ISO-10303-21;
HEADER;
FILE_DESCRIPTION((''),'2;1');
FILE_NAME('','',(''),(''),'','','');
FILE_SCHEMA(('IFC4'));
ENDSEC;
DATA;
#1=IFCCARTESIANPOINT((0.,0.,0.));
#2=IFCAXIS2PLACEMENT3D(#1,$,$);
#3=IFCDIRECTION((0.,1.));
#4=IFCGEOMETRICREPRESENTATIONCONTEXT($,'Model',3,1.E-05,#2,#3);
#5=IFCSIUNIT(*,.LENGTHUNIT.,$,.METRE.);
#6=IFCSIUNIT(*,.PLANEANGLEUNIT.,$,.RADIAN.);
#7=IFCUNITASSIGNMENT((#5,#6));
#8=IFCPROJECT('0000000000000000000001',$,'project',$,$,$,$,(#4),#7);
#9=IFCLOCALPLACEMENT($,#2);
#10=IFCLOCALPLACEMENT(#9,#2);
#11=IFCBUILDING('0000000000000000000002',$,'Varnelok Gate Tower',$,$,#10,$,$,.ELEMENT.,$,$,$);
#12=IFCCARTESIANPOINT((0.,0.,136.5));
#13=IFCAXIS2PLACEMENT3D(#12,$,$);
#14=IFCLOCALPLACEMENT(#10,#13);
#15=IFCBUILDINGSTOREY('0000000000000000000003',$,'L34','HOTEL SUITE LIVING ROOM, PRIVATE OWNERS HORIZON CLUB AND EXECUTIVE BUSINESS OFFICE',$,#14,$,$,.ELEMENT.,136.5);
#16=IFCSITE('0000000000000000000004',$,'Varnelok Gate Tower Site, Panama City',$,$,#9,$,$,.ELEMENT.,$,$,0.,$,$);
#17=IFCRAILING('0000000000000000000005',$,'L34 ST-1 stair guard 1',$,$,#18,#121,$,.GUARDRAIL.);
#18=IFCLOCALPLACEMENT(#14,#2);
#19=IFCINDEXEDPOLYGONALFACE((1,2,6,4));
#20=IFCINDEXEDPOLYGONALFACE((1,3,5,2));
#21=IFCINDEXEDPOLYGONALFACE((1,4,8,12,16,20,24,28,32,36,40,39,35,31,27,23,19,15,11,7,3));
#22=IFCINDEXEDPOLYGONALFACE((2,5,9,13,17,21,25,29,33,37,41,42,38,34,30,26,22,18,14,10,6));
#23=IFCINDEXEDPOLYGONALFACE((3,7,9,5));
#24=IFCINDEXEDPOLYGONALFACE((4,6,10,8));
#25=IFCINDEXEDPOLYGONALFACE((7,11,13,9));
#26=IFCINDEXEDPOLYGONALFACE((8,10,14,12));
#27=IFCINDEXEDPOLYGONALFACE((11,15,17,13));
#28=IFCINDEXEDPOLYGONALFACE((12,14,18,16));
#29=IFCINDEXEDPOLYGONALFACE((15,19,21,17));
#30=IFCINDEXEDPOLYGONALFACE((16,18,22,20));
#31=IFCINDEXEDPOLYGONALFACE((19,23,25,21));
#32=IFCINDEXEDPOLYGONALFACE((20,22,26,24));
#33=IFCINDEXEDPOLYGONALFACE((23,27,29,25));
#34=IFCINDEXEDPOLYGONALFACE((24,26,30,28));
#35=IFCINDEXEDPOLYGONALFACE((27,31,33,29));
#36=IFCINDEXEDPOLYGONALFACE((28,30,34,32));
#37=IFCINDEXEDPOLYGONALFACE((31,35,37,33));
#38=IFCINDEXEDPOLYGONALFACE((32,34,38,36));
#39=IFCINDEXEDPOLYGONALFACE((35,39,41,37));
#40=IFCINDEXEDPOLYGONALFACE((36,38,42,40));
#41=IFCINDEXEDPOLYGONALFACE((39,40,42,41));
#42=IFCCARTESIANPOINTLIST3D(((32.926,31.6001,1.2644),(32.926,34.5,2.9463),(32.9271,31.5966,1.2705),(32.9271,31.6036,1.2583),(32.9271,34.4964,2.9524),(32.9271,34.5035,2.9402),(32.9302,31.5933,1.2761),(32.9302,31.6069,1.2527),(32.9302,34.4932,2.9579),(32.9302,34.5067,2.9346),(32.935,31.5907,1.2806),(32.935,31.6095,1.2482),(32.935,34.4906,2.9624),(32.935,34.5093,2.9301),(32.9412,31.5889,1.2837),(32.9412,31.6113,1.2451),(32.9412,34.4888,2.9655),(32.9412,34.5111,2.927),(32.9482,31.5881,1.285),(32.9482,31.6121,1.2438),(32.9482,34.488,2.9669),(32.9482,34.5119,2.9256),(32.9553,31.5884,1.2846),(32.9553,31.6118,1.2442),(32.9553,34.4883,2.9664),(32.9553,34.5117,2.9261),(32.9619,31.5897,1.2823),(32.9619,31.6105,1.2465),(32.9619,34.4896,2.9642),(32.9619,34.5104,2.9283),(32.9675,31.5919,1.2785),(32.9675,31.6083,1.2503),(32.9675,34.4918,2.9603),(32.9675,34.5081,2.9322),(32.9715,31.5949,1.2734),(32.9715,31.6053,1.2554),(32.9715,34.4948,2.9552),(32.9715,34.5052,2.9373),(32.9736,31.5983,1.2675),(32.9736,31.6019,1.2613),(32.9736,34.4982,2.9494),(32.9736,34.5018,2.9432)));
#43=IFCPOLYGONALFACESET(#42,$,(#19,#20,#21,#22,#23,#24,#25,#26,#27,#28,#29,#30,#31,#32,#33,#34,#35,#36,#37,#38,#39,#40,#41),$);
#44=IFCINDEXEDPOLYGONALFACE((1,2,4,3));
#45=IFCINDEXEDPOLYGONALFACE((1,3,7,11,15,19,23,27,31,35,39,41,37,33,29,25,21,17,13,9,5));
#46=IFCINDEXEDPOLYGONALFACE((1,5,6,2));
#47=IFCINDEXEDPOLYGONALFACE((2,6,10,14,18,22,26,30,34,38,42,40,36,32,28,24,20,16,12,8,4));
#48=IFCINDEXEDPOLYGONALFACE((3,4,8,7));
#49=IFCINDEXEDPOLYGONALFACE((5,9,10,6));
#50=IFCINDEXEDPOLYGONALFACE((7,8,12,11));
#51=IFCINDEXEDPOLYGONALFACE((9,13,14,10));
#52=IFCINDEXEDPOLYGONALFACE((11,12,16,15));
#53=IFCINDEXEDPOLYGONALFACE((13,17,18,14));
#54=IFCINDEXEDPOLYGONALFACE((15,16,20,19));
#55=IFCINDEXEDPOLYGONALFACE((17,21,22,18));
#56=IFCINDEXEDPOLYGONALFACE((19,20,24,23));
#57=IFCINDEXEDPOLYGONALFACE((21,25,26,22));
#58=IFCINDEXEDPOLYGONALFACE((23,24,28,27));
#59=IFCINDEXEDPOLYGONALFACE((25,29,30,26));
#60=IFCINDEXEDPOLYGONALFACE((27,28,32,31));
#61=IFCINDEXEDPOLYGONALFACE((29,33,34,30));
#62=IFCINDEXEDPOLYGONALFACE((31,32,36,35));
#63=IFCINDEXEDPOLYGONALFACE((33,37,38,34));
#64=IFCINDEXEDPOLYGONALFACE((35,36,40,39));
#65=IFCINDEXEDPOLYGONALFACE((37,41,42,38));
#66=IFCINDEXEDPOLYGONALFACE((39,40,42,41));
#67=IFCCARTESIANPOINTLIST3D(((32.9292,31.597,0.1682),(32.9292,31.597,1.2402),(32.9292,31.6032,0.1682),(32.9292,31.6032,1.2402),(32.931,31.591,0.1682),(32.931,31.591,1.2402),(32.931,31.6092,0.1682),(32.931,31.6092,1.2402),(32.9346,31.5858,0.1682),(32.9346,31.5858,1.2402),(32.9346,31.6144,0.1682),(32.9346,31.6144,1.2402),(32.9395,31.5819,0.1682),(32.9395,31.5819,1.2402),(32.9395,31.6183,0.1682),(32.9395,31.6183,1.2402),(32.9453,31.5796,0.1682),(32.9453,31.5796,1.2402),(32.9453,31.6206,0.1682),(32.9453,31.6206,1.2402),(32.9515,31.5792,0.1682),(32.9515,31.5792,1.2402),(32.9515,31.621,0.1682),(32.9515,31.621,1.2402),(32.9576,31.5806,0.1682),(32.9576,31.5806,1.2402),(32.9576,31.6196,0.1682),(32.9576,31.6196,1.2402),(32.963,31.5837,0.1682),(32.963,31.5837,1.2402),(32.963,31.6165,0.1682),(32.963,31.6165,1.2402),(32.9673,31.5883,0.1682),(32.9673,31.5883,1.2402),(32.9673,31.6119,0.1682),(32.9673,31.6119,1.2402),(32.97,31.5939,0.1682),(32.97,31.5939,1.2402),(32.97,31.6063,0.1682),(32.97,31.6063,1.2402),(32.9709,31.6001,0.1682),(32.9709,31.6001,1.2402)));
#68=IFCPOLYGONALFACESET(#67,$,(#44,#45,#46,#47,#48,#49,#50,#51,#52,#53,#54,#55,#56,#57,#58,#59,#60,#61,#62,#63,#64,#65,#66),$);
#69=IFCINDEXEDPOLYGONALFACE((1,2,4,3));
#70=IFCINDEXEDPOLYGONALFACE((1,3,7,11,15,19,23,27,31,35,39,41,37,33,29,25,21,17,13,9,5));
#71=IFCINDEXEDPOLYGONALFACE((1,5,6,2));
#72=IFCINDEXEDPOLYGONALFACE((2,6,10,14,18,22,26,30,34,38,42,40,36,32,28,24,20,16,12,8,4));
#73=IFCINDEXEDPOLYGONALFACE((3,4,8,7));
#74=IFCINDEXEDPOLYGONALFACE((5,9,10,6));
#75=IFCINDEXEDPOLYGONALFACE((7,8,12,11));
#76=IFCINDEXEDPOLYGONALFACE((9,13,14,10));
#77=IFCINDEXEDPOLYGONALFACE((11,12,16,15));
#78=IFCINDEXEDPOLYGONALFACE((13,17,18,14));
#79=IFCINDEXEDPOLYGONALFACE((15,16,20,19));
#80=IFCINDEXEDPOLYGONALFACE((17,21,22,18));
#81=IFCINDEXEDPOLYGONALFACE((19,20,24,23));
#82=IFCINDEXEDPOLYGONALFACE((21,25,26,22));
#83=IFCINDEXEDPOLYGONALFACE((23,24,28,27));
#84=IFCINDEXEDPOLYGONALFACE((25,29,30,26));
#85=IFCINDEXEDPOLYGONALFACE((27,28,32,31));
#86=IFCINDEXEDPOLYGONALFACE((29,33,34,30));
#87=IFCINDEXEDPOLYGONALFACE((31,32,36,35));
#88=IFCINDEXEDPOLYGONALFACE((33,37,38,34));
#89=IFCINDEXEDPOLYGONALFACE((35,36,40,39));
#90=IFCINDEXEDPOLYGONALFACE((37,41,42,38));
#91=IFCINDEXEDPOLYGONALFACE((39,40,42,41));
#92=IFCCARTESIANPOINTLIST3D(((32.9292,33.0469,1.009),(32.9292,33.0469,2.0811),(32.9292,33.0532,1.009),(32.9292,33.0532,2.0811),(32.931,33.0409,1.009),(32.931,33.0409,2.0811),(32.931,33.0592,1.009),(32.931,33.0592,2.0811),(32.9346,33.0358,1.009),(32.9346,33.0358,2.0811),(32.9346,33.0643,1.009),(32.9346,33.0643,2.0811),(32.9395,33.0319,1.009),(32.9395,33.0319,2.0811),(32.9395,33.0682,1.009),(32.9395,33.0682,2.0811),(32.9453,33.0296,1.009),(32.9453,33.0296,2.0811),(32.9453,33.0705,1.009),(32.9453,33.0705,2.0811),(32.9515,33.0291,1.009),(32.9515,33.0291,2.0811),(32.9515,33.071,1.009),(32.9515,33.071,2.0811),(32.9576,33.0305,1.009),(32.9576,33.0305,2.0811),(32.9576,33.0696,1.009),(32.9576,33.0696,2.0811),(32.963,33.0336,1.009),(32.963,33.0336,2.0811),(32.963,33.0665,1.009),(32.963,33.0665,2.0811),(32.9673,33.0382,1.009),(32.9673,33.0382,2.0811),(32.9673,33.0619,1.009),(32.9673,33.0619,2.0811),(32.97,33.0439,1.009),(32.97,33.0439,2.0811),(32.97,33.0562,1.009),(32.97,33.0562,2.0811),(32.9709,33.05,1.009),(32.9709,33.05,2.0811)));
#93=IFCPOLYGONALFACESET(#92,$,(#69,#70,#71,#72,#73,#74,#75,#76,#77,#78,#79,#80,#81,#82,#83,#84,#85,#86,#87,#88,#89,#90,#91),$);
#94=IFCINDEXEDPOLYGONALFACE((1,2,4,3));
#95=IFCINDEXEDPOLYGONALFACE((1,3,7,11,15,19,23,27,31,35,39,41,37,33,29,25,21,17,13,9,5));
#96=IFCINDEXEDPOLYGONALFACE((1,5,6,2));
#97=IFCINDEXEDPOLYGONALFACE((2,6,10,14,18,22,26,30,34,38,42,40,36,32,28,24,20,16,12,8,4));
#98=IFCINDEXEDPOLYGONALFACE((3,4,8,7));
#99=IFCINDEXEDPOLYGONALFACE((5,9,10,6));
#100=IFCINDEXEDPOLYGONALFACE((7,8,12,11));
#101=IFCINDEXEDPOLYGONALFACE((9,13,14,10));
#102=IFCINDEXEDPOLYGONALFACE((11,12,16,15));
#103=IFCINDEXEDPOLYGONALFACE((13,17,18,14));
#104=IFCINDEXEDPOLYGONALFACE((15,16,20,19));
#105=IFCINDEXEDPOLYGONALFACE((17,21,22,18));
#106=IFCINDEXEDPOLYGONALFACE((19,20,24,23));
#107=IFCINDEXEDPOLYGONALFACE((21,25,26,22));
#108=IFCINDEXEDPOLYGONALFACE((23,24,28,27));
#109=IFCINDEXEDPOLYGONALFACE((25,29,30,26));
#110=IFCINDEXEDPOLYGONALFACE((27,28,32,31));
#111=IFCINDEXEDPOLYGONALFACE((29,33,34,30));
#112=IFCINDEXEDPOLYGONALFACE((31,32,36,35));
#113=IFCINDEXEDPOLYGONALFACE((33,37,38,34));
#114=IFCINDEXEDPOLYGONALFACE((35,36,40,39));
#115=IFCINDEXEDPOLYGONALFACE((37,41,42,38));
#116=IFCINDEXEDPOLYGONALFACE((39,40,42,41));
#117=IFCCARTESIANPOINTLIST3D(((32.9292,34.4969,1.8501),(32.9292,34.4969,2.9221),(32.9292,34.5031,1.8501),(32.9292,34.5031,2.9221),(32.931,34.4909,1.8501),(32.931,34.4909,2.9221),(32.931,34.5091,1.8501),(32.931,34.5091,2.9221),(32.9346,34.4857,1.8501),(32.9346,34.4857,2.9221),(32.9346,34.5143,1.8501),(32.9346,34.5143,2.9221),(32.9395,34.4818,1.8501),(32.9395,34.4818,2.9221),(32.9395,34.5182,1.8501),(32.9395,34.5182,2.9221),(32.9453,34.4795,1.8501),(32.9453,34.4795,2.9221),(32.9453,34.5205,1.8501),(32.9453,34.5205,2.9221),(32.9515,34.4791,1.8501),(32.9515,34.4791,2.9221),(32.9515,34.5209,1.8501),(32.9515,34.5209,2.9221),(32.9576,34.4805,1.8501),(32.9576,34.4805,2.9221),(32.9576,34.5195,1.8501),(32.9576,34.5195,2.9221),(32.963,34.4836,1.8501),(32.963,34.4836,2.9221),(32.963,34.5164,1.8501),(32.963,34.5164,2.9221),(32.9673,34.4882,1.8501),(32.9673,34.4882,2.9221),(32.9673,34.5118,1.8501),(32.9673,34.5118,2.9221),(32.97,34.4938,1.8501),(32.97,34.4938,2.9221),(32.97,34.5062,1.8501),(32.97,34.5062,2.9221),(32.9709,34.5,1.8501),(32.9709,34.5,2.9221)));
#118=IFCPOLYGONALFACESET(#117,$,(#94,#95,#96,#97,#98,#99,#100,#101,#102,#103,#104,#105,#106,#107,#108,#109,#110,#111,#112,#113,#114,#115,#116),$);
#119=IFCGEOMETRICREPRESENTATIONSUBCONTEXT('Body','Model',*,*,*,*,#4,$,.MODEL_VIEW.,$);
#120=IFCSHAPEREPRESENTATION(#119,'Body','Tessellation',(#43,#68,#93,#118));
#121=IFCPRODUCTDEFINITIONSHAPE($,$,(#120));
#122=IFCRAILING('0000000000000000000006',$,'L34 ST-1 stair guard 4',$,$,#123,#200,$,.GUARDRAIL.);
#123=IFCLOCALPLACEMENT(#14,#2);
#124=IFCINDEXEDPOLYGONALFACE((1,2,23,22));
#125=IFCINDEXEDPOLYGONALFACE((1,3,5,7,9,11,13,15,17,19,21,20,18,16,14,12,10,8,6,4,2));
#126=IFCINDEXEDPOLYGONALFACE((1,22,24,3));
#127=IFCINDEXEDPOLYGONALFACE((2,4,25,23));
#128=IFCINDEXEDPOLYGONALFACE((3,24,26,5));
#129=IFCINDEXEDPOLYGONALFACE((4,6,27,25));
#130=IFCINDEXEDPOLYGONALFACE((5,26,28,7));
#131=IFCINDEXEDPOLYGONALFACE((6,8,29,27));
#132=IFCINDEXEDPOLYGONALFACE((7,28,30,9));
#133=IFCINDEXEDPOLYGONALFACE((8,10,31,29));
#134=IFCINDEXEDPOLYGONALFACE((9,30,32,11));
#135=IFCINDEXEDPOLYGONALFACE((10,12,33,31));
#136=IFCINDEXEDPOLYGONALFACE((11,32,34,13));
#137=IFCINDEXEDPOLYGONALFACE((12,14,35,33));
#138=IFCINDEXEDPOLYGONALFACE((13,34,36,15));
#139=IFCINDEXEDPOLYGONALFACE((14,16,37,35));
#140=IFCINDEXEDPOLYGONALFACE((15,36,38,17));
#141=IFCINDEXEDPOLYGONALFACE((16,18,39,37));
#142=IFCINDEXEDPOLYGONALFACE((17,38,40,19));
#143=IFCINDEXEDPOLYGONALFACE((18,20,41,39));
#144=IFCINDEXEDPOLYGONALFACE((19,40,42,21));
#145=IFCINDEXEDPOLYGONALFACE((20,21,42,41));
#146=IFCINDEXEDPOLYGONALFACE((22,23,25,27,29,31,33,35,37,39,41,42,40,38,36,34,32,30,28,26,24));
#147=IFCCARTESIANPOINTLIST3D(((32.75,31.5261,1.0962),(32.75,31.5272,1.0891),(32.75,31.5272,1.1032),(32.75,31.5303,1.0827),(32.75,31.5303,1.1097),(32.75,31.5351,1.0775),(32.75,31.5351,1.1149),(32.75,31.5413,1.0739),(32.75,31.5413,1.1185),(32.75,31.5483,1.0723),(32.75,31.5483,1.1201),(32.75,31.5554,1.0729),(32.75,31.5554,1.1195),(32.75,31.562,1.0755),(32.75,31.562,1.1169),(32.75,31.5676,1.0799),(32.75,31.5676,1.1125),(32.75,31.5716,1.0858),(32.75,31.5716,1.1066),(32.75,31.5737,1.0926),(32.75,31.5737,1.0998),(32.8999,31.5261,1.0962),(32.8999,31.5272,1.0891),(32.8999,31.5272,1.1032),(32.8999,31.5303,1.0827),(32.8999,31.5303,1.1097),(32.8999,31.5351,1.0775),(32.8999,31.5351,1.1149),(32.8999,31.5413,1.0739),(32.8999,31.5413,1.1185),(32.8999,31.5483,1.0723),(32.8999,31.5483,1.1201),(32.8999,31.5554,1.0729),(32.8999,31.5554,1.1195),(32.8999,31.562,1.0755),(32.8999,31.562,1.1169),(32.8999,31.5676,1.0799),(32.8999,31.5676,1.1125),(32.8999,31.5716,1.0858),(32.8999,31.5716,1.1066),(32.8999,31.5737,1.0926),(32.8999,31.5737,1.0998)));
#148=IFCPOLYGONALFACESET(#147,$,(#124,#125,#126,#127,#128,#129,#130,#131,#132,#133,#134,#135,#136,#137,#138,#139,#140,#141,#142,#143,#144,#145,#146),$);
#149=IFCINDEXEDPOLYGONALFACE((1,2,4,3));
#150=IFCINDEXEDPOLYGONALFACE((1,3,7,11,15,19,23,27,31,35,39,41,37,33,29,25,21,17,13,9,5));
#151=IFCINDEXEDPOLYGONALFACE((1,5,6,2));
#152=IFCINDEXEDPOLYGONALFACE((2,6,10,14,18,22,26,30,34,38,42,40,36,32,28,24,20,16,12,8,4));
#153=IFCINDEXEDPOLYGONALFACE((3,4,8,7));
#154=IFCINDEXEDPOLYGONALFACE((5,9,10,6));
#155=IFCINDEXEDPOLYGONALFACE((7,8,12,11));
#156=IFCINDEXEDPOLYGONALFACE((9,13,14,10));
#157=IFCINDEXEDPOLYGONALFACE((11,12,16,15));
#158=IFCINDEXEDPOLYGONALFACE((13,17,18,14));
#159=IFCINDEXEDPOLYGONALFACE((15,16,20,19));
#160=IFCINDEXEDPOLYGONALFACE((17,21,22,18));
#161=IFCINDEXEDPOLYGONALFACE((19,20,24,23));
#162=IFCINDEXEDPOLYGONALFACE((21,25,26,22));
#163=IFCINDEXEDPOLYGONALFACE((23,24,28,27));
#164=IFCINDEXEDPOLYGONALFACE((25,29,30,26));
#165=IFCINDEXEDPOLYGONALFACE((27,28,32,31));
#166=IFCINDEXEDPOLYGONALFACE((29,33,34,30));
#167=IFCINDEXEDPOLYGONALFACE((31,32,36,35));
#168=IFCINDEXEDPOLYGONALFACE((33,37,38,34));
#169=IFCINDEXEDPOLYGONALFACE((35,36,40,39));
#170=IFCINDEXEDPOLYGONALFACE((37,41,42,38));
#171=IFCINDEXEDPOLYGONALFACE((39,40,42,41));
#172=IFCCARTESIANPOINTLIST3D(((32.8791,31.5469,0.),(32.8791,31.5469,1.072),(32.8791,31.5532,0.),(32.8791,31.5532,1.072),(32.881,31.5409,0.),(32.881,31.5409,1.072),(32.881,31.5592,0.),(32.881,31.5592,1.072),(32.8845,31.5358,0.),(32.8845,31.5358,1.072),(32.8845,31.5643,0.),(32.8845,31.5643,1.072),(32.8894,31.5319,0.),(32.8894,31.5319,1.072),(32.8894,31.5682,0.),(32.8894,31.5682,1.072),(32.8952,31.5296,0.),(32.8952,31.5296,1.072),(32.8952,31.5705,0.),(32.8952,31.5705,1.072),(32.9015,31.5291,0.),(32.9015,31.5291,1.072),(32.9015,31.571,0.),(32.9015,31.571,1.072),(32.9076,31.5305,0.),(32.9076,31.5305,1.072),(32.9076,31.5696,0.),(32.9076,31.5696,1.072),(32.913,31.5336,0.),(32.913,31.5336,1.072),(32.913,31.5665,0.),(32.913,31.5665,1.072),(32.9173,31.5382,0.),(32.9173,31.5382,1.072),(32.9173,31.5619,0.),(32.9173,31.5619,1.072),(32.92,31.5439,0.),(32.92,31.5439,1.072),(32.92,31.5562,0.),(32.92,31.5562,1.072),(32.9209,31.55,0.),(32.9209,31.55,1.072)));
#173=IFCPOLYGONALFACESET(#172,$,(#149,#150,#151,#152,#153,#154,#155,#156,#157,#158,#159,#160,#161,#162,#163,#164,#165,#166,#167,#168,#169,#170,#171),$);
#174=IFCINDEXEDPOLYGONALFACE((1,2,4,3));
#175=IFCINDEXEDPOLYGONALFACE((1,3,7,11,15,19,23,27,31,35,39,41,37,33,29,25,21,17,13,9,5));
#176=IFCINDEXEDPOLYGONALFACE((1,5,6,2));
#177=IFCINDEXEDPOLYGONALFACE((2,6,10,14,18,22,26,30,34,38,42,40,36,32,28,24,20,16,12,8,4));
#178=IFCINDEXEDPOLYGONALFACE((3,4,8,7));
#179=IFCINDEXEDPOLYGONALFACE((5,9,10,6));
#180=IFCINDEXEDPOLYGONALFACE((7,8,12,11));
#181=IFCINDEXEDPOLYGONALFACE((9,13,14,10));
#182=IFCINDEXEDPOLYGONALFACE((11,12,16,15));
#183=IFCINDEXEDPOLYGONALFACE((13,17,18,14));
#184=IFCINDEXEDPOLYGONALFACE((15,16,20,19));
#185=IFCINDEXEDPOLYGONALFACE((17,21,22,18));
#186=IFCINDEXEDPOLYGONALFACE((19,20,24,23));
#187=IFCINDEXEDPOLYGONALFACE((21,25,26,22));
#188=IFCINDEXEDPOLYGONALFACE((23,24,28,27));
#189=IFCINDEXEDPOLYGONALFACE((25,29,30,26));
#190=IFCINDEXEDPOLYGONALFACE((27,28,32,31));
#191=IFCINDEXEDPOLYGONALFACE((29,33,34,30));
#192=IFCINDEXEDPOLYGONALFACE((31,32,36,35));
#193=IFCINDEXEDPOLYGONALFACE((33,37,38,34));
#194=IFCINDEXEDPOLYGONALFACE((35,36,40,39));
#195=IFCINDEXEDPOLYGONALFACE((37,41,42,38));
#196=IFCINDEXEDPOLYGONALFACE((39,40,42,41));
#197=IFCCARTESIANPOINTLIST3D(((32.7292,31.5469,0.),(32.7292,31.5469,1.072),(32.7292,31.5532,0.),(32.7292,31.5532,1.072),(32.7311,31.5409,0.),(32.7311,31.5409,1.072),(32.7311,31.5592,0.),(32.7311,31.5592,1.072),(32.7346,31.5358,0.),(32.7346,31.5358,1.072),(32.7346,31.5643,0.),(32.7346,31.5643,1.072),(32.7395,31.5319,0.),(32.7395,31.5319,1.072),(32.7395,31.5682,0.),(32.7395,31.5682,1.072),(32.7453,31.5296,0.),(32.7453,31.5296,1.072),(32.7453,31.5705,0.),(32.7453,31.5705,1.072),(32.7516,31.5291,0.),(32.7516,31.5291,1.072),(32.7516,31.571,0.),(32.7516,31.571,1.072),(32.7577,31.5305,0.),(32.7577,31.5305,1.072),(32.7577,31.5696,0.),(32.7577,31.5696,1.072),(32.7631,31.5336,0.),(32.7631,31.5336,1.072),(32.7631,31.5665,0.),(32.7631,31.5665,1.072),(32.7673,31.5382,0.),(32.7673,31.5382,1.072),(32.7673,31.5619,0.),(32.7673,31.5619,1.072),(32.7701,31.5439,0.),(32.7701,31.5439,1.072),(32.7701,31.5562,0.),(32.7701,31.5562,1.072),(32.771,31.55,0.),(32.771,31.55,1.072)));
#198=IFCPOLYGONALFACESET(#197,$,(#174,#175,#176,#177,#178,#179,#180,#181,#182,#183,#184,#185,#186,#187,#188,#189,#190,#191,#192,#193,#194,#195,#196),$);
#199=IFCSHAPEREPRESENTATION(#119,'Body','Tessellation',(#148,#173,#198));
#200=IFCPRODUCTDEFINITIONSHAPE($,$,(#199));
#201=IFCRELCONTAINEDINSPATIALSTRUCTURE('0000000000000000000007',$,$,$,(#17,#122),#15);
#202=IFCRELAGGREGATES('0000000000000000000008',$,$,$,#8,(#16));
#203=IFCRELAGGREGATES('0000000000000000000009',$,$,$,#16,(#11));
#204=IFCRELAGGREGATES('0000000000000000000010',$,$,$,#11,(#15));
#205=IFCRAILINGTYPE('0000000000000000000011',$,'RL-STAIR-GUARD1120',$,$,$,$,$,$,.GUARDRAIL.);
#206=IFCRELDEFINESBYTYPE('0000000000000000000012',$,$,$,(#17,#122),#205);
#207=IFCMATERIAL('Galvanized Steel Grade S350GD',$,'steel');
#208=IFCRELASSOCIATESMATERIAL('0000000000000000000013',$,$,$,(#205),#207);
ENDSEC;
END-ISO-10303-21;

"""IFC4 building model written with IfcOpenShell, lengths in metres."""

from ifc_helpers import new_model, si_unit, direction, frame, origin, origin_2d, place, context, subcontext, project, spatial, circle, extrude, material, type_object, element, save


model = new_model("IFC4")

# Units and contexts
model_context = context("Model", 3, precision=1e-05, world=origin(), true_north=direction((0.0, 1.0)))
body_context = subcontext(model_context, "Body", "Model", "MODEL_VIEW")
ifc_project = project(units=[si_unit("LENGTHUNIT", "METRE"), si_unit("PLANEANGLEUNIT", "RADIAN")], contexts=[model_context])

# Site, building, storey
site_placement = place(None, origin())
site = spatial("IfcSite", under=ifc_project, at=site_placement, Name="Varnelok Gate Tower Site, Panama City", CompositionType="ELEMENT", RefElevation=0.0)
building_placement = place(site_placement, origin())
building = spatial("IfcBuilding", under=site, at=building_placement, Name="Varnelok Gate Tower", CompositionType="ELEMENT")
storey_placement = place(building_placement, frame((0.0, 0.0, 136.5)))
storey = spatial("IfcBuildingStorey", under=building, at=storey_placement, Name="L34", Description="HOTEL SUITE LIVING ROOM, PRIVATE OWNERS HORIZON CLUB AND EXECUTIVE BUSINESS OFFICE", CompositionType="ELEMENT", Elevation=136.5)

# Shared definitions
ifc_material_1 = material(Name="Galvanized Steel Grade S350GD", Category="steel")

# Railings
railing_type_1 = type_object("IfcRailingType", Name="RL-STAIR-GUARD1120", PredefinedType="GUARDRAIL", material=ifc_material_1)
railing_1_placement = place(storey_placement, frame((32.95, 31.6001, 0.1682)))
element("IfcRailing", 1, at=railing_1_placement, inside=storey, type_object=railing_type_1, Name="L34 ST-1 stair guard 1", PredefinedType="GUARDRAIL", context=body_context, shape_type="SweptSolid", body=[
    extrude(circle(Radius=0.0239, at=origin_2d()), frame((0.0, 0.0, 1.0962), z_axis=(0.0, 0.865039, 0.501705), x_axis=(-1.0, 0.0, 0.0)), (0.0, 0.0, 1.0), 3.3523),
    extrude(circle(Radius=0.021, at=origin_2d()), origin(), (0.0, 0.0, 1.0), 1.072),
    extrude(circle(Radius=0.021, at=origin_2d()), frame((0.0, 1.45, 0.8408)), (0.0, 0.0, 1.0), 1.072),
    extrude(circle(Radius=0.021, at=origin_2d()), frame((0.0, 2.8999, 1.6819)), (0.0, 0.0, 1.0), 1.072),
])
railing_2_placement = place(storey_placement, frame((32.8999, 31.55, 0.0)))
element("IfcRailing", 2, at=railing_2_placement, inside=storey, type_object=railing_type_1, Name="L34 ST-1 stair guard 4", PredefinedType="GUARDRAIL", context=body_context, shape_type="SweptSolid", body=[
    extrude(circle(Radius=0.0239, at=origin_2d()), frame((0.0, 0.0, 1.0962), z_axis=(-1.0, 0.0, 0.0), x_axis=(0.0, -1.0, 0.0)), (0.0, 0.0, 1.0), 0.1499),
    extrude(circle(Radius=0.021, at=origin_2d()), origin(), (0.0, 0.0, 1.0), 1.072),
    extrude(circle(Radius=0.021, at=origin_2d()), frame((-0.1499, 0.0, 0.0)), (0.0, 0.0, 1.0), 1.072),
])

save(model, "model.ifc")
